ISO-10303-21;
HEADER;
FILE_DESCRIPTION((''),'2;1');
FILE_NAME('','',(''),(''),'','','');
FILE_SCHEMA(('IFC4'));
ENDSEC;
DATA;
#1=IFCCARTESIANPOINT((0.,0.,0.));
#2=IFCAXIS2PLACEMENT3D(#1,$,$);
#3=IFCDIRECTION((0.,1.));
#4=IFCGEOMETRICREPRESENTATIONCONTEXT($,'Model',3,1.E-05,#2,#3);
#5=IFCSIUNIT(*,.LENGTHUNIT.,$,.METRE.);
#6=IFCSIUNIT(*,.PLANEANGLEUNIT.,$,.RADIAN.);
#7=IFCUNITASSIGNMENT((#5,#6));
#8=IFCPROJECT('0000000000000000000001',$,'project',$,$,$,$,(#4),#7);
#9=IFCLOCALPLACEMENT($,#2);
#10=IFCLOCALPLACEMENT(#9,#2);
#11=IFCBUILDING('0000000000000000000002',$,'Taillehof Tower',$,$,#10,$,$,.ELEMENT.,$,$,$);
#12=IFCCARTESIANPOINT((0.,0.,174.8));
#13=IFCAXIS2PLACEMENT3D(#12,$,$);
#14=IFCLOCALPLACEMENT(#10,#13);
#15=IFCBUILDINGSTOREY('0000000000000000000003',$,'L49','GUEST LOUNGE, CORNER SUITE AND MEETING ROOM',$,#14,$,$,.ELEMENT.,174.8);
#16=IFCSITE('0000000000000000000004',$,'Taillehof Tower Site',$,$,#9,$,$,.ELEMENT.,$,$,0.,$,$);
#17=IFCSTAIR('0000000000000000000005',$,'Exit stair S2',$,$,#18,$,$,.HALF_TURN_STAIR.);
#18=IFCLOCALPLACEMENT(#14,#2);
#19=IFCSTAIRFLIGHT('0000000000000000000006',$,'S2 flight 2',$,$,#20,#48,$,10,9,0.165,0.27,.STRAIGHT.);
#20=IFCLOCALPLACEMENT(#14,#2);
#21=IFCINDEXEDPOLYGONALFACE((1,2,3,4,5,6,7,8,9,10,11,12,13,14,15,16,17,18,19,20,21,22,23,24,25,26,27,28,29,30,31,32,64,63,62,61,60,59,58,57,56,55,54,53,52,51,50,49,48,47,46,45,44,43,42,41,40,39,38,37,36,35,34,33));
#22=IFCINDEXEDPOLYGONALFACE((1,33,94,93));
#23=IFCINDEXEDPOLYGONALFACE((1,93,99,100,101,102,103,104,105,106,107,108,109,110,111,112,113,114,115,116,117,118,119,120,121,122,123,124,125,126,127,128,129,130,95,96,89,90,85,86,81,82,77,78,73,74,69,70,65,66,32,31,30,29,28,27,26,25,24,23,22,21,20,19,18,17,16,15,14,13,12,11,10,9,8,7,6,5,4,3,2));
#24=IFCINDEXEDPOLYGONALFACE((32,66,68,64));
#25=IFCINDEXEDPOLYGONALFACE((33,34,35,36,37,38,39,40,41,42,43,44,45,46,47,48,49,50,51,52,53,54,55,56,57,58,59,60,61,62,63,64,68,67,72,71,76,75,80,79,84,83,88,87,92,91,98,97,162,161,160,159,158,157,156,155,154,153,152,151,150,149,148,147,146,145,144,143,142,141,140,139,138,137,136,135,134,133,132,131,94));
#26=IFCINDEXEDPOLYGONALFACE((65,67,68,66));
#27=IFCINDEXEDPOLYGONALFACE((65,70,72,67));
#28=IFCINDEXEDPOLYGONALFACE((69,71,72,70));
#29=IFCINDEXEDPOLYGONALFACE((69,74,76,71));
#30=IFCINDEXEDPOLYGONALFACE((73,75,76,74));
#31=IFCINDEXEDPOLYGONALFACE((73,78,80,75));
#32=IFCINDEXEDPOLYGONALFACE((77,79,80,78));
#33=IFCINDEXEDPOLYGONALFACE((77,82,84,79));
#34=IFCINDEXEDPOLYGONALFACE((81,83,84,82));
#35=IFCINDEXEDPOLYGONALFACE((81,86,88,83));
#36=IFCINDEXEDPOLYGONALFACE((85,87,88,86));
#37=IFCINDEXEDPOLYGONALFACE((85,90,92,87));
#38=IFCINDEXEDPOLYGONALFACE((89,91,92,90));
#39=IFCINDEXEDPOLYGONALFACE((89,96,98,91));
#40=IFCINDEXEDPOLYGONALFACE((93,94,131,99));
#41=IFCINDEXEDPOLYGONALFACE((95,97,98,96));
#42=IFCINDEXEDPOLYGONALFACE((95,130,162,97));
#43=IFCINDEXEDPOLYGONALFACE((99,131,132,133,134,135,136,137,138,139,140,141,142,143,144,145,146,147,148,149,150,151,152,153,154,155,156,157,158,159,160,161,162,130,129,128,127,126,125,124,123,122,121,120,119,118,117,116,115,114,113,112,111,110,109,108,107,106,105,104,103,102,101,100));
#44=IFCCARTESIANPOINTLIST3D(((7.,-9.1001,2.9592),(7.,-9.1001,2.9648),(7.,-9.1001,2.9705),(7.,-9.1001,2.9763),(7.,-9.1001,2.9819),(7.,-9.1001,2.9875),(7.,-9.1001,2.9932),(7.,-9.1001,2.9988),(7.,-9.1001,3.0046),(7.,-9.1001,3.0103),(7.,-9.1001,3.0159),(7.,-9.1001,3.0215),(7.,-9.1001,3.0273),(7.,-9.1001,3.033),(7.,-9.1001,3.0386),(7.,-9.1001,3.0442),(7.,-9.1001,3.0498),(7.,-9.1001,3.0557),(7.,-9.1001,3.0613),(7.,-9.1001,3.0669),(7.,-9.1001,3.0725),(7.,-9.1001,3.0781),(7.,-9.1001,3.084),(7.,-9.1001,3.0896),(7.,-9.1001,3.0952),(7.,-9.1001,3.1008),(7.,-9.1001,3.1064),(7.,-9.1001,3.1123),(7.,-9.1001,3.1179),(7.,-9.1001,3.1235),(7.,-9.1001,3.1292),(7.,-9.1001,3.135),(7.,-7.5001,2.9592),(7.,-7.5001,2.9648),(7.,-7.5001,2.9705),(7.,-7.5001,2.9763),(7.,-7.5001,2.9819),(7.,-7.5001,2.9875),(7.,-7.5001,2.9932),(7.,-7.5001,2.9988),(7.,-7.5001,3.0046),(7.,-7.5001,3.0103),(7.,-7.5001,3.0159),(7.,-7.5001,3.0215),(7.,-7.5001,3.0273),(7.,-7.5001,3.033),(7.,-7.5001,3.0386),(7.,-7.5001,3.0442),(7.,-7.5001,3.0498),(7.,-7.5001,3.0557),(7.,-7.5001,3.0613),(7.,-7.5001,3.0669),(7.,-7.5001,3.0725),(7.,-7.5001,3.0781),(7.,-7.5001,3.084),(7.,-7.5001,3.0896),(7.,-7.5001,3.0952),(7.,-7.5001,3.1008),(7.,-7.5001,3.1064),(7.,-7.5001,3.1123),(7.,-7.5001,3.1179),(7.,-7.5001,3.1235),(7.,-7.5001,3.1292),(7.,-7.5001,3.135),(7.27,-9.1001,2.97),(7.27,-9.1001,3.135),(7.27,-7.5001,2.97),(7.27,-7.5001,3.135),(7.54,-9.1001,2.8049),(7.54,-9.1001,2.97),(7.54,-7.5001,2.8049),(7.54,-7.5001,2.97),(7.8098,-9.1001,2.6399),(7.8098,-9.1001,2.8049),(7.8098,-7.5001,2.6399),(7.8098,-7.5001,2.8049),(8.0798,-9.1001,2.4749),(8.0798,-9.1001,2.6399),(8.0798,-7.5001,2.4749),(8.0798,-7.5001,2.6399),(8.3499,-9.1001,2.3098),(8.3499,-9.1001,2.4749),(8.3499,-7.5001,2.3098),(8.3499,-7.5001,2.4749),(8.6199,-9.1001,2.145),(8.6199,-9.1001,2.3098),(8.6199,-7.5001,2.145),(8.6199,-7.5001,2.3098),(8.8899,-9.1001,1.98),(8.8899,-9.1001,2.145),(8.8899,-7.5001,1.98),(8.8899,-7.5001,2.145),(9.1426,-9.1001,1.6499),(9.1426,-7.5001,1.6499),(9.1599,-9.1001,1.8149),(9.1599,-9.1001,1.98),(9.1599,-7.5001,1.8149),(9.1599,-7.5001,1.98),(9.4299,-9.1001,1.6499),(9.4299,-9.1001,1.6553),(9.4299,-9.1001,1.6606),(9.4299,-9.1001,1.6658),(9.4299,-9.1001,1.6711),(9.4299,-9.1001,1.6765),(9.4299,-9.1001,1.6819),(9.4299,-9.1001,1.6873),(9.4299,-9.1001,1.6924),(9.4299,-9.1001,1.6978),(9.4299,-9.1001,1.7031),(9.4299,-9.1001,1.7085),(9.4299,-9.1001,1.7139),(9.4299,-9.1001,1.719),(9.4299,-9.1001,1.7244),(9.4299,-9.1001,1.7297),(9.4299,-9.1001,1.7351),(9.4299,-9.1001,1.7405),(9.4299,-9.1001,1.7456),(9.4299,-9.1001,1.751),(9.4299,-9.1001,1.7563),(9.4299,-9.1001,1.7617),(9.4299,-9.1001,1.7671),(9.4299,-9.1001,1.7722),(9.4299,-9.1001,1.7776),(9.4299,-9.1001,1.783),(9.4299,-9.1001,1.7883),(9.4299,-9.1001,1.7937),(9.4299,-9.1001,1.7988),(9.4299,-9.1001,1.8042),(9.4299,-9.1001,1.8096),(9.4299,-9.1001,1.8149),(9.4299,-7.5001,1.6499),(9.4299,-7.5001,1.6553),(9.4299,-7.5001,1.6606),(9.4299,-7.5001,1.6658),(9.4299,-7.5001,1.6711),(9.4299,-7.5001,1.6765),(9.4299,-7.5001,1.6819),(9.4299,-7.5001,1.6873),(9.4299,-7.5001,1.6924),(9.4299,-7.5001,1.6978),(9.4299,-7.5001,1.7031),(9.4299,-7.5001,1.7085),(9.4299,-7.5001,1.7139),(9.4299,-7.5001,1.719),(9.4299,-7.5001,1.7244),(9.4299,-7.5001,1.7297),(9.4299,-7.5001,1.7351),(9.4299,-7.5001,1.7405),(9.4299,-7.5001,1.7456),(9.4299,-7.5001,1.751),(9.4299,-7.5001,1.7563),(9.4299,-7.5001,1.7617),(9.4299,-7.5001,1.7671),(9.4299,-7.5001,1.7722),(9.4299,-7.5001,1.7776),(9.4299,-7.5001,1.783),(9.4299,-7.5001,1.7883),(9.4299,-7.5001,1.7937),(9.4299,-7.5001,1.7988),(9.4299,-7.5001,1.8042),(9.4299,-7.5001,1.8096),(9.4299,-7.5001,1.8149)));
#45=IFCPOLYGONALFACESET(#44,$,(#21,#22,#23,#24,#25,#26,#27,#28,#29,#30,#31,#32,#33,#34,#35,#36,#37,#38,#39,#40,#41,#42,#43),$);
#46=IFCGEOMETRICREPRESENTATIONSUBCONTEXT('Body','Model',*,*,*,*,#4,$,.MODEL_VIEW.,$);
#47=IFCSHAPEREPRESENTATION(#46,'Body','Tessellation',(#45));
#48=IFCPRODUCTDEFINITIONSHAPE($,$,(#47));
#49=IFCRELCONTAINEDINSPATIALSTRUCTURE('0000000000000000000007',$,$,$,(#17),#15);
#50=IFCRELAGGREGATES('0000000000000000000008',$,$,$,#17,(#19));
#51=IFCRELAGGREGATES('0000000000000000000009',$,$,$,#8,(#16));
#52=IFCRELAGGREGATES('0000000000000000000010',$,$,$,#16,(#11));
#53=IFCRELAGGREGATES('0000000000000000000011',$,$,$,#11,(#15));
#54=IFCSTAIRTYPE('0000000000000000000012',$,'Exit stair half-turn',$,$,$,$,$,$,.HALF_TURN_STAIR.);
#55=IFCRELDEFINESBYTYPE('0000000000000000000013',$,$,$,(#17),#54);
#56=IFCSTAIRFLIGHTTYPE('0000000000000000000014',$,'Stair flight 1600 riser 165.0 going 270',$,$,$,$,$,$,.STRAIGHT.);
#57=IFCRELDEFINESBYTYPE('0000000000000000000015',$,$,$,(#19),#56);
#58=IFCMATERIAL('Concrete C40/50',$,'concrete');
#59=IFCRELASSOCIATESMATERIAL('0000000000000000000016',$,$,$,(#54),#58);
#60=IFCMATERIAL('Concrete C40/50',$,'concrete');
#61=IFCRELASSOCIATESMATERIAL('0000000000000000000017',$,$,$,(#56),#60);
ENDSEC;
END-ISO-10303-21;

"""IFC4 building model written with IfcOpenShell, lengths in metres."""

from ifc_helpers import new_model, si_unit, direction, frame, origin, place, context, subcontext, project, spatial, polyline, outline, extrude, material, type_object, element, aggregate, save


model = new_model("IFC4")

# Units and contexts
model_context = context("Model", 3, precision=1e-05, world=origin(), true_north=direction((0.0, 1.0)))
body_context = subcontext(model_context, "Body", "Model", "MODEL_VIEW")
ifc_project = project(units=[si_unit("LENGTHUNIT", "METRE"), si_unit("PLANEANGLEUNIT", "RADIAN")], contexts=[model_context])

# Site, building, storey
site_placement = place(None, origin())
site = spatial("IfcSite", under=ifc_project, at=site_placement, Name="Taillehof Tower Site", CompositionType="ELEMENT", RefElevation=0.0)
building_placement = place(site_placement, origin())
building = spatial("IfcBuilding", under=site, at=building_placement, Name="Taillehof Tower", CompositionType="ELEMENT")
storey_placement = place(building_placement, frame((0.0, 0.0, 174.8)))
storey = spatial("IfcBuildingStorey", under=building, at=storey_placement, Name="L49", Description="GUEST LOUNGE, CORNER SUITE AND MEETING ROOM", CompositionType="ELEMENT", Elevation=174.8)

# Stair, stair flight
ifc_material_1 = material(Name="Concrete C40/50", Category="concrete")
stair_type = type_object("IfcStairType", Name="Exit stair half-turn", PredefinedType="HALF_TURN_STAIR", material=ifc_material_1)
stair_placement = place(storey_placement, origin())
stair = element("IfcStair", 1, at=stair_placement, inside=storey, type_object=stair_type, Name="Exit stair S2", PredefinedType="HALF_TURN_STAIR")
ifc_material_2 = material(Name="Concrete C40/50", Category="concrete")
stair_flight_type = type_object("IfcStairFlightType", Name="Stair flight 1600 riser 165.0 going 270", PredefinedType="STRAIGHT", material=ifc_material_2)
stair_flight_placement = place(storey_placement, frame((9.4299, -8.3, 1.6499), z_axis=(0.0, 0.0, 1.0), x_axis=(-1.0, 0.0, 0.0)))
stair_flight = element("IfcStairFlight", 2, at=stair_flight_placement, type_object=stair_flight_type, Name="S2 flight 2", NumberOfRisers=10, NumberOfTreads=9, PredefinedType="STRAIGHT", RiserHeight=0.165, TreadLength=0.27, context=body_context, shape_type="SweptSolid", body=[
    extrude(outline(polyline([(0.0, 0.0), (0.0, 0.0054), (0.0, 0.0107), (0.0, 0.0159), (0.0, 0.0212), (0.0, 0.0266), (0.0, 0.032), (0.0, 0.0374), (0.0, 0.0425), (0.0, 0.0479), (0.0, 0.0532), (0.0, 0.0586), (0.0, 0.064), (0.0, 0.0691), (0.0, 0.0745), (0.0, 0.0798), (0.0, 0.0852), (0.0, 0.0906), (0.0, 0.0957), (0.0, 0.1011), (0.0, 0.1064), (0.0, 0.1118), (0.0, 0.1172), (0.0, 0.1223), (0.0, 0.1277), (0.0, 0.1331), (0.0, 0.1384), (0.0, 0.1438), (0.0, 0.1489), (0.0, 0.1543), (0.0, 0.1597), (0.0, 0.165), (0.27, 0.165), (0.27, 0.3301), (0.54, 0.3301), (0.54, 0.4951), (0.8101, 0.4951), (0.8101, 0.6599), (1.0801, 0.6599), (1.0801, 0.825), (1.3501, 0.825), (1.3501, 0.99), (1.6201, 0.99), (1.6201, 1.155), (1.8899, 1.155), (1.8899, 1.3201), (2.1599, 1.3201), (2.1599, 1.4851), (2.4299, 1.4851), (2.4299, 1.4792), (2.4299, 1.4736), (2.4299, 1.468), (2.4299, 1.4624), (2.4299, 1.4565), (2.4299, 1.4509), (2.4299, 1.4453), (2.4299, 1.4397), (2.4299, 1.4341), (2.4299, 1.4282), (2.4299, 1.4226), (2.4299, 1.417), (2.4299, 1.4114), (2.4299, 1.4058), (2.4299, 1.3999), (2.4299, 1.3943), (2.4299, 1.3887), (2.4299, 1.3831), (2.4299, 1.3774), (2.4299, 1.3716), (2.4299, 1.366), (2.4299, 1.3604), (2.4299, 1.3547), (2.4299, 1.3489), (2.4299, 1.3433), (2.4299, 1.3376), (2.4299, 1.332), (2.4299, 1.3264), (2.4299, 1.3206), (2.4299, 1.3149), (2.4299, 1.3093), (0.2874, 0.0), (0.0, 0.0)])), frame((0.0, 0.8, 0.0), z_axis=(0.0, -1.0, 0.0), x_axis=(1.0, 0.0, 0.0)), (0.0, 0.0, 1.0), 1.6),
])
aggregate(stair, [stair_flight])

save(model, "model.ifc")
